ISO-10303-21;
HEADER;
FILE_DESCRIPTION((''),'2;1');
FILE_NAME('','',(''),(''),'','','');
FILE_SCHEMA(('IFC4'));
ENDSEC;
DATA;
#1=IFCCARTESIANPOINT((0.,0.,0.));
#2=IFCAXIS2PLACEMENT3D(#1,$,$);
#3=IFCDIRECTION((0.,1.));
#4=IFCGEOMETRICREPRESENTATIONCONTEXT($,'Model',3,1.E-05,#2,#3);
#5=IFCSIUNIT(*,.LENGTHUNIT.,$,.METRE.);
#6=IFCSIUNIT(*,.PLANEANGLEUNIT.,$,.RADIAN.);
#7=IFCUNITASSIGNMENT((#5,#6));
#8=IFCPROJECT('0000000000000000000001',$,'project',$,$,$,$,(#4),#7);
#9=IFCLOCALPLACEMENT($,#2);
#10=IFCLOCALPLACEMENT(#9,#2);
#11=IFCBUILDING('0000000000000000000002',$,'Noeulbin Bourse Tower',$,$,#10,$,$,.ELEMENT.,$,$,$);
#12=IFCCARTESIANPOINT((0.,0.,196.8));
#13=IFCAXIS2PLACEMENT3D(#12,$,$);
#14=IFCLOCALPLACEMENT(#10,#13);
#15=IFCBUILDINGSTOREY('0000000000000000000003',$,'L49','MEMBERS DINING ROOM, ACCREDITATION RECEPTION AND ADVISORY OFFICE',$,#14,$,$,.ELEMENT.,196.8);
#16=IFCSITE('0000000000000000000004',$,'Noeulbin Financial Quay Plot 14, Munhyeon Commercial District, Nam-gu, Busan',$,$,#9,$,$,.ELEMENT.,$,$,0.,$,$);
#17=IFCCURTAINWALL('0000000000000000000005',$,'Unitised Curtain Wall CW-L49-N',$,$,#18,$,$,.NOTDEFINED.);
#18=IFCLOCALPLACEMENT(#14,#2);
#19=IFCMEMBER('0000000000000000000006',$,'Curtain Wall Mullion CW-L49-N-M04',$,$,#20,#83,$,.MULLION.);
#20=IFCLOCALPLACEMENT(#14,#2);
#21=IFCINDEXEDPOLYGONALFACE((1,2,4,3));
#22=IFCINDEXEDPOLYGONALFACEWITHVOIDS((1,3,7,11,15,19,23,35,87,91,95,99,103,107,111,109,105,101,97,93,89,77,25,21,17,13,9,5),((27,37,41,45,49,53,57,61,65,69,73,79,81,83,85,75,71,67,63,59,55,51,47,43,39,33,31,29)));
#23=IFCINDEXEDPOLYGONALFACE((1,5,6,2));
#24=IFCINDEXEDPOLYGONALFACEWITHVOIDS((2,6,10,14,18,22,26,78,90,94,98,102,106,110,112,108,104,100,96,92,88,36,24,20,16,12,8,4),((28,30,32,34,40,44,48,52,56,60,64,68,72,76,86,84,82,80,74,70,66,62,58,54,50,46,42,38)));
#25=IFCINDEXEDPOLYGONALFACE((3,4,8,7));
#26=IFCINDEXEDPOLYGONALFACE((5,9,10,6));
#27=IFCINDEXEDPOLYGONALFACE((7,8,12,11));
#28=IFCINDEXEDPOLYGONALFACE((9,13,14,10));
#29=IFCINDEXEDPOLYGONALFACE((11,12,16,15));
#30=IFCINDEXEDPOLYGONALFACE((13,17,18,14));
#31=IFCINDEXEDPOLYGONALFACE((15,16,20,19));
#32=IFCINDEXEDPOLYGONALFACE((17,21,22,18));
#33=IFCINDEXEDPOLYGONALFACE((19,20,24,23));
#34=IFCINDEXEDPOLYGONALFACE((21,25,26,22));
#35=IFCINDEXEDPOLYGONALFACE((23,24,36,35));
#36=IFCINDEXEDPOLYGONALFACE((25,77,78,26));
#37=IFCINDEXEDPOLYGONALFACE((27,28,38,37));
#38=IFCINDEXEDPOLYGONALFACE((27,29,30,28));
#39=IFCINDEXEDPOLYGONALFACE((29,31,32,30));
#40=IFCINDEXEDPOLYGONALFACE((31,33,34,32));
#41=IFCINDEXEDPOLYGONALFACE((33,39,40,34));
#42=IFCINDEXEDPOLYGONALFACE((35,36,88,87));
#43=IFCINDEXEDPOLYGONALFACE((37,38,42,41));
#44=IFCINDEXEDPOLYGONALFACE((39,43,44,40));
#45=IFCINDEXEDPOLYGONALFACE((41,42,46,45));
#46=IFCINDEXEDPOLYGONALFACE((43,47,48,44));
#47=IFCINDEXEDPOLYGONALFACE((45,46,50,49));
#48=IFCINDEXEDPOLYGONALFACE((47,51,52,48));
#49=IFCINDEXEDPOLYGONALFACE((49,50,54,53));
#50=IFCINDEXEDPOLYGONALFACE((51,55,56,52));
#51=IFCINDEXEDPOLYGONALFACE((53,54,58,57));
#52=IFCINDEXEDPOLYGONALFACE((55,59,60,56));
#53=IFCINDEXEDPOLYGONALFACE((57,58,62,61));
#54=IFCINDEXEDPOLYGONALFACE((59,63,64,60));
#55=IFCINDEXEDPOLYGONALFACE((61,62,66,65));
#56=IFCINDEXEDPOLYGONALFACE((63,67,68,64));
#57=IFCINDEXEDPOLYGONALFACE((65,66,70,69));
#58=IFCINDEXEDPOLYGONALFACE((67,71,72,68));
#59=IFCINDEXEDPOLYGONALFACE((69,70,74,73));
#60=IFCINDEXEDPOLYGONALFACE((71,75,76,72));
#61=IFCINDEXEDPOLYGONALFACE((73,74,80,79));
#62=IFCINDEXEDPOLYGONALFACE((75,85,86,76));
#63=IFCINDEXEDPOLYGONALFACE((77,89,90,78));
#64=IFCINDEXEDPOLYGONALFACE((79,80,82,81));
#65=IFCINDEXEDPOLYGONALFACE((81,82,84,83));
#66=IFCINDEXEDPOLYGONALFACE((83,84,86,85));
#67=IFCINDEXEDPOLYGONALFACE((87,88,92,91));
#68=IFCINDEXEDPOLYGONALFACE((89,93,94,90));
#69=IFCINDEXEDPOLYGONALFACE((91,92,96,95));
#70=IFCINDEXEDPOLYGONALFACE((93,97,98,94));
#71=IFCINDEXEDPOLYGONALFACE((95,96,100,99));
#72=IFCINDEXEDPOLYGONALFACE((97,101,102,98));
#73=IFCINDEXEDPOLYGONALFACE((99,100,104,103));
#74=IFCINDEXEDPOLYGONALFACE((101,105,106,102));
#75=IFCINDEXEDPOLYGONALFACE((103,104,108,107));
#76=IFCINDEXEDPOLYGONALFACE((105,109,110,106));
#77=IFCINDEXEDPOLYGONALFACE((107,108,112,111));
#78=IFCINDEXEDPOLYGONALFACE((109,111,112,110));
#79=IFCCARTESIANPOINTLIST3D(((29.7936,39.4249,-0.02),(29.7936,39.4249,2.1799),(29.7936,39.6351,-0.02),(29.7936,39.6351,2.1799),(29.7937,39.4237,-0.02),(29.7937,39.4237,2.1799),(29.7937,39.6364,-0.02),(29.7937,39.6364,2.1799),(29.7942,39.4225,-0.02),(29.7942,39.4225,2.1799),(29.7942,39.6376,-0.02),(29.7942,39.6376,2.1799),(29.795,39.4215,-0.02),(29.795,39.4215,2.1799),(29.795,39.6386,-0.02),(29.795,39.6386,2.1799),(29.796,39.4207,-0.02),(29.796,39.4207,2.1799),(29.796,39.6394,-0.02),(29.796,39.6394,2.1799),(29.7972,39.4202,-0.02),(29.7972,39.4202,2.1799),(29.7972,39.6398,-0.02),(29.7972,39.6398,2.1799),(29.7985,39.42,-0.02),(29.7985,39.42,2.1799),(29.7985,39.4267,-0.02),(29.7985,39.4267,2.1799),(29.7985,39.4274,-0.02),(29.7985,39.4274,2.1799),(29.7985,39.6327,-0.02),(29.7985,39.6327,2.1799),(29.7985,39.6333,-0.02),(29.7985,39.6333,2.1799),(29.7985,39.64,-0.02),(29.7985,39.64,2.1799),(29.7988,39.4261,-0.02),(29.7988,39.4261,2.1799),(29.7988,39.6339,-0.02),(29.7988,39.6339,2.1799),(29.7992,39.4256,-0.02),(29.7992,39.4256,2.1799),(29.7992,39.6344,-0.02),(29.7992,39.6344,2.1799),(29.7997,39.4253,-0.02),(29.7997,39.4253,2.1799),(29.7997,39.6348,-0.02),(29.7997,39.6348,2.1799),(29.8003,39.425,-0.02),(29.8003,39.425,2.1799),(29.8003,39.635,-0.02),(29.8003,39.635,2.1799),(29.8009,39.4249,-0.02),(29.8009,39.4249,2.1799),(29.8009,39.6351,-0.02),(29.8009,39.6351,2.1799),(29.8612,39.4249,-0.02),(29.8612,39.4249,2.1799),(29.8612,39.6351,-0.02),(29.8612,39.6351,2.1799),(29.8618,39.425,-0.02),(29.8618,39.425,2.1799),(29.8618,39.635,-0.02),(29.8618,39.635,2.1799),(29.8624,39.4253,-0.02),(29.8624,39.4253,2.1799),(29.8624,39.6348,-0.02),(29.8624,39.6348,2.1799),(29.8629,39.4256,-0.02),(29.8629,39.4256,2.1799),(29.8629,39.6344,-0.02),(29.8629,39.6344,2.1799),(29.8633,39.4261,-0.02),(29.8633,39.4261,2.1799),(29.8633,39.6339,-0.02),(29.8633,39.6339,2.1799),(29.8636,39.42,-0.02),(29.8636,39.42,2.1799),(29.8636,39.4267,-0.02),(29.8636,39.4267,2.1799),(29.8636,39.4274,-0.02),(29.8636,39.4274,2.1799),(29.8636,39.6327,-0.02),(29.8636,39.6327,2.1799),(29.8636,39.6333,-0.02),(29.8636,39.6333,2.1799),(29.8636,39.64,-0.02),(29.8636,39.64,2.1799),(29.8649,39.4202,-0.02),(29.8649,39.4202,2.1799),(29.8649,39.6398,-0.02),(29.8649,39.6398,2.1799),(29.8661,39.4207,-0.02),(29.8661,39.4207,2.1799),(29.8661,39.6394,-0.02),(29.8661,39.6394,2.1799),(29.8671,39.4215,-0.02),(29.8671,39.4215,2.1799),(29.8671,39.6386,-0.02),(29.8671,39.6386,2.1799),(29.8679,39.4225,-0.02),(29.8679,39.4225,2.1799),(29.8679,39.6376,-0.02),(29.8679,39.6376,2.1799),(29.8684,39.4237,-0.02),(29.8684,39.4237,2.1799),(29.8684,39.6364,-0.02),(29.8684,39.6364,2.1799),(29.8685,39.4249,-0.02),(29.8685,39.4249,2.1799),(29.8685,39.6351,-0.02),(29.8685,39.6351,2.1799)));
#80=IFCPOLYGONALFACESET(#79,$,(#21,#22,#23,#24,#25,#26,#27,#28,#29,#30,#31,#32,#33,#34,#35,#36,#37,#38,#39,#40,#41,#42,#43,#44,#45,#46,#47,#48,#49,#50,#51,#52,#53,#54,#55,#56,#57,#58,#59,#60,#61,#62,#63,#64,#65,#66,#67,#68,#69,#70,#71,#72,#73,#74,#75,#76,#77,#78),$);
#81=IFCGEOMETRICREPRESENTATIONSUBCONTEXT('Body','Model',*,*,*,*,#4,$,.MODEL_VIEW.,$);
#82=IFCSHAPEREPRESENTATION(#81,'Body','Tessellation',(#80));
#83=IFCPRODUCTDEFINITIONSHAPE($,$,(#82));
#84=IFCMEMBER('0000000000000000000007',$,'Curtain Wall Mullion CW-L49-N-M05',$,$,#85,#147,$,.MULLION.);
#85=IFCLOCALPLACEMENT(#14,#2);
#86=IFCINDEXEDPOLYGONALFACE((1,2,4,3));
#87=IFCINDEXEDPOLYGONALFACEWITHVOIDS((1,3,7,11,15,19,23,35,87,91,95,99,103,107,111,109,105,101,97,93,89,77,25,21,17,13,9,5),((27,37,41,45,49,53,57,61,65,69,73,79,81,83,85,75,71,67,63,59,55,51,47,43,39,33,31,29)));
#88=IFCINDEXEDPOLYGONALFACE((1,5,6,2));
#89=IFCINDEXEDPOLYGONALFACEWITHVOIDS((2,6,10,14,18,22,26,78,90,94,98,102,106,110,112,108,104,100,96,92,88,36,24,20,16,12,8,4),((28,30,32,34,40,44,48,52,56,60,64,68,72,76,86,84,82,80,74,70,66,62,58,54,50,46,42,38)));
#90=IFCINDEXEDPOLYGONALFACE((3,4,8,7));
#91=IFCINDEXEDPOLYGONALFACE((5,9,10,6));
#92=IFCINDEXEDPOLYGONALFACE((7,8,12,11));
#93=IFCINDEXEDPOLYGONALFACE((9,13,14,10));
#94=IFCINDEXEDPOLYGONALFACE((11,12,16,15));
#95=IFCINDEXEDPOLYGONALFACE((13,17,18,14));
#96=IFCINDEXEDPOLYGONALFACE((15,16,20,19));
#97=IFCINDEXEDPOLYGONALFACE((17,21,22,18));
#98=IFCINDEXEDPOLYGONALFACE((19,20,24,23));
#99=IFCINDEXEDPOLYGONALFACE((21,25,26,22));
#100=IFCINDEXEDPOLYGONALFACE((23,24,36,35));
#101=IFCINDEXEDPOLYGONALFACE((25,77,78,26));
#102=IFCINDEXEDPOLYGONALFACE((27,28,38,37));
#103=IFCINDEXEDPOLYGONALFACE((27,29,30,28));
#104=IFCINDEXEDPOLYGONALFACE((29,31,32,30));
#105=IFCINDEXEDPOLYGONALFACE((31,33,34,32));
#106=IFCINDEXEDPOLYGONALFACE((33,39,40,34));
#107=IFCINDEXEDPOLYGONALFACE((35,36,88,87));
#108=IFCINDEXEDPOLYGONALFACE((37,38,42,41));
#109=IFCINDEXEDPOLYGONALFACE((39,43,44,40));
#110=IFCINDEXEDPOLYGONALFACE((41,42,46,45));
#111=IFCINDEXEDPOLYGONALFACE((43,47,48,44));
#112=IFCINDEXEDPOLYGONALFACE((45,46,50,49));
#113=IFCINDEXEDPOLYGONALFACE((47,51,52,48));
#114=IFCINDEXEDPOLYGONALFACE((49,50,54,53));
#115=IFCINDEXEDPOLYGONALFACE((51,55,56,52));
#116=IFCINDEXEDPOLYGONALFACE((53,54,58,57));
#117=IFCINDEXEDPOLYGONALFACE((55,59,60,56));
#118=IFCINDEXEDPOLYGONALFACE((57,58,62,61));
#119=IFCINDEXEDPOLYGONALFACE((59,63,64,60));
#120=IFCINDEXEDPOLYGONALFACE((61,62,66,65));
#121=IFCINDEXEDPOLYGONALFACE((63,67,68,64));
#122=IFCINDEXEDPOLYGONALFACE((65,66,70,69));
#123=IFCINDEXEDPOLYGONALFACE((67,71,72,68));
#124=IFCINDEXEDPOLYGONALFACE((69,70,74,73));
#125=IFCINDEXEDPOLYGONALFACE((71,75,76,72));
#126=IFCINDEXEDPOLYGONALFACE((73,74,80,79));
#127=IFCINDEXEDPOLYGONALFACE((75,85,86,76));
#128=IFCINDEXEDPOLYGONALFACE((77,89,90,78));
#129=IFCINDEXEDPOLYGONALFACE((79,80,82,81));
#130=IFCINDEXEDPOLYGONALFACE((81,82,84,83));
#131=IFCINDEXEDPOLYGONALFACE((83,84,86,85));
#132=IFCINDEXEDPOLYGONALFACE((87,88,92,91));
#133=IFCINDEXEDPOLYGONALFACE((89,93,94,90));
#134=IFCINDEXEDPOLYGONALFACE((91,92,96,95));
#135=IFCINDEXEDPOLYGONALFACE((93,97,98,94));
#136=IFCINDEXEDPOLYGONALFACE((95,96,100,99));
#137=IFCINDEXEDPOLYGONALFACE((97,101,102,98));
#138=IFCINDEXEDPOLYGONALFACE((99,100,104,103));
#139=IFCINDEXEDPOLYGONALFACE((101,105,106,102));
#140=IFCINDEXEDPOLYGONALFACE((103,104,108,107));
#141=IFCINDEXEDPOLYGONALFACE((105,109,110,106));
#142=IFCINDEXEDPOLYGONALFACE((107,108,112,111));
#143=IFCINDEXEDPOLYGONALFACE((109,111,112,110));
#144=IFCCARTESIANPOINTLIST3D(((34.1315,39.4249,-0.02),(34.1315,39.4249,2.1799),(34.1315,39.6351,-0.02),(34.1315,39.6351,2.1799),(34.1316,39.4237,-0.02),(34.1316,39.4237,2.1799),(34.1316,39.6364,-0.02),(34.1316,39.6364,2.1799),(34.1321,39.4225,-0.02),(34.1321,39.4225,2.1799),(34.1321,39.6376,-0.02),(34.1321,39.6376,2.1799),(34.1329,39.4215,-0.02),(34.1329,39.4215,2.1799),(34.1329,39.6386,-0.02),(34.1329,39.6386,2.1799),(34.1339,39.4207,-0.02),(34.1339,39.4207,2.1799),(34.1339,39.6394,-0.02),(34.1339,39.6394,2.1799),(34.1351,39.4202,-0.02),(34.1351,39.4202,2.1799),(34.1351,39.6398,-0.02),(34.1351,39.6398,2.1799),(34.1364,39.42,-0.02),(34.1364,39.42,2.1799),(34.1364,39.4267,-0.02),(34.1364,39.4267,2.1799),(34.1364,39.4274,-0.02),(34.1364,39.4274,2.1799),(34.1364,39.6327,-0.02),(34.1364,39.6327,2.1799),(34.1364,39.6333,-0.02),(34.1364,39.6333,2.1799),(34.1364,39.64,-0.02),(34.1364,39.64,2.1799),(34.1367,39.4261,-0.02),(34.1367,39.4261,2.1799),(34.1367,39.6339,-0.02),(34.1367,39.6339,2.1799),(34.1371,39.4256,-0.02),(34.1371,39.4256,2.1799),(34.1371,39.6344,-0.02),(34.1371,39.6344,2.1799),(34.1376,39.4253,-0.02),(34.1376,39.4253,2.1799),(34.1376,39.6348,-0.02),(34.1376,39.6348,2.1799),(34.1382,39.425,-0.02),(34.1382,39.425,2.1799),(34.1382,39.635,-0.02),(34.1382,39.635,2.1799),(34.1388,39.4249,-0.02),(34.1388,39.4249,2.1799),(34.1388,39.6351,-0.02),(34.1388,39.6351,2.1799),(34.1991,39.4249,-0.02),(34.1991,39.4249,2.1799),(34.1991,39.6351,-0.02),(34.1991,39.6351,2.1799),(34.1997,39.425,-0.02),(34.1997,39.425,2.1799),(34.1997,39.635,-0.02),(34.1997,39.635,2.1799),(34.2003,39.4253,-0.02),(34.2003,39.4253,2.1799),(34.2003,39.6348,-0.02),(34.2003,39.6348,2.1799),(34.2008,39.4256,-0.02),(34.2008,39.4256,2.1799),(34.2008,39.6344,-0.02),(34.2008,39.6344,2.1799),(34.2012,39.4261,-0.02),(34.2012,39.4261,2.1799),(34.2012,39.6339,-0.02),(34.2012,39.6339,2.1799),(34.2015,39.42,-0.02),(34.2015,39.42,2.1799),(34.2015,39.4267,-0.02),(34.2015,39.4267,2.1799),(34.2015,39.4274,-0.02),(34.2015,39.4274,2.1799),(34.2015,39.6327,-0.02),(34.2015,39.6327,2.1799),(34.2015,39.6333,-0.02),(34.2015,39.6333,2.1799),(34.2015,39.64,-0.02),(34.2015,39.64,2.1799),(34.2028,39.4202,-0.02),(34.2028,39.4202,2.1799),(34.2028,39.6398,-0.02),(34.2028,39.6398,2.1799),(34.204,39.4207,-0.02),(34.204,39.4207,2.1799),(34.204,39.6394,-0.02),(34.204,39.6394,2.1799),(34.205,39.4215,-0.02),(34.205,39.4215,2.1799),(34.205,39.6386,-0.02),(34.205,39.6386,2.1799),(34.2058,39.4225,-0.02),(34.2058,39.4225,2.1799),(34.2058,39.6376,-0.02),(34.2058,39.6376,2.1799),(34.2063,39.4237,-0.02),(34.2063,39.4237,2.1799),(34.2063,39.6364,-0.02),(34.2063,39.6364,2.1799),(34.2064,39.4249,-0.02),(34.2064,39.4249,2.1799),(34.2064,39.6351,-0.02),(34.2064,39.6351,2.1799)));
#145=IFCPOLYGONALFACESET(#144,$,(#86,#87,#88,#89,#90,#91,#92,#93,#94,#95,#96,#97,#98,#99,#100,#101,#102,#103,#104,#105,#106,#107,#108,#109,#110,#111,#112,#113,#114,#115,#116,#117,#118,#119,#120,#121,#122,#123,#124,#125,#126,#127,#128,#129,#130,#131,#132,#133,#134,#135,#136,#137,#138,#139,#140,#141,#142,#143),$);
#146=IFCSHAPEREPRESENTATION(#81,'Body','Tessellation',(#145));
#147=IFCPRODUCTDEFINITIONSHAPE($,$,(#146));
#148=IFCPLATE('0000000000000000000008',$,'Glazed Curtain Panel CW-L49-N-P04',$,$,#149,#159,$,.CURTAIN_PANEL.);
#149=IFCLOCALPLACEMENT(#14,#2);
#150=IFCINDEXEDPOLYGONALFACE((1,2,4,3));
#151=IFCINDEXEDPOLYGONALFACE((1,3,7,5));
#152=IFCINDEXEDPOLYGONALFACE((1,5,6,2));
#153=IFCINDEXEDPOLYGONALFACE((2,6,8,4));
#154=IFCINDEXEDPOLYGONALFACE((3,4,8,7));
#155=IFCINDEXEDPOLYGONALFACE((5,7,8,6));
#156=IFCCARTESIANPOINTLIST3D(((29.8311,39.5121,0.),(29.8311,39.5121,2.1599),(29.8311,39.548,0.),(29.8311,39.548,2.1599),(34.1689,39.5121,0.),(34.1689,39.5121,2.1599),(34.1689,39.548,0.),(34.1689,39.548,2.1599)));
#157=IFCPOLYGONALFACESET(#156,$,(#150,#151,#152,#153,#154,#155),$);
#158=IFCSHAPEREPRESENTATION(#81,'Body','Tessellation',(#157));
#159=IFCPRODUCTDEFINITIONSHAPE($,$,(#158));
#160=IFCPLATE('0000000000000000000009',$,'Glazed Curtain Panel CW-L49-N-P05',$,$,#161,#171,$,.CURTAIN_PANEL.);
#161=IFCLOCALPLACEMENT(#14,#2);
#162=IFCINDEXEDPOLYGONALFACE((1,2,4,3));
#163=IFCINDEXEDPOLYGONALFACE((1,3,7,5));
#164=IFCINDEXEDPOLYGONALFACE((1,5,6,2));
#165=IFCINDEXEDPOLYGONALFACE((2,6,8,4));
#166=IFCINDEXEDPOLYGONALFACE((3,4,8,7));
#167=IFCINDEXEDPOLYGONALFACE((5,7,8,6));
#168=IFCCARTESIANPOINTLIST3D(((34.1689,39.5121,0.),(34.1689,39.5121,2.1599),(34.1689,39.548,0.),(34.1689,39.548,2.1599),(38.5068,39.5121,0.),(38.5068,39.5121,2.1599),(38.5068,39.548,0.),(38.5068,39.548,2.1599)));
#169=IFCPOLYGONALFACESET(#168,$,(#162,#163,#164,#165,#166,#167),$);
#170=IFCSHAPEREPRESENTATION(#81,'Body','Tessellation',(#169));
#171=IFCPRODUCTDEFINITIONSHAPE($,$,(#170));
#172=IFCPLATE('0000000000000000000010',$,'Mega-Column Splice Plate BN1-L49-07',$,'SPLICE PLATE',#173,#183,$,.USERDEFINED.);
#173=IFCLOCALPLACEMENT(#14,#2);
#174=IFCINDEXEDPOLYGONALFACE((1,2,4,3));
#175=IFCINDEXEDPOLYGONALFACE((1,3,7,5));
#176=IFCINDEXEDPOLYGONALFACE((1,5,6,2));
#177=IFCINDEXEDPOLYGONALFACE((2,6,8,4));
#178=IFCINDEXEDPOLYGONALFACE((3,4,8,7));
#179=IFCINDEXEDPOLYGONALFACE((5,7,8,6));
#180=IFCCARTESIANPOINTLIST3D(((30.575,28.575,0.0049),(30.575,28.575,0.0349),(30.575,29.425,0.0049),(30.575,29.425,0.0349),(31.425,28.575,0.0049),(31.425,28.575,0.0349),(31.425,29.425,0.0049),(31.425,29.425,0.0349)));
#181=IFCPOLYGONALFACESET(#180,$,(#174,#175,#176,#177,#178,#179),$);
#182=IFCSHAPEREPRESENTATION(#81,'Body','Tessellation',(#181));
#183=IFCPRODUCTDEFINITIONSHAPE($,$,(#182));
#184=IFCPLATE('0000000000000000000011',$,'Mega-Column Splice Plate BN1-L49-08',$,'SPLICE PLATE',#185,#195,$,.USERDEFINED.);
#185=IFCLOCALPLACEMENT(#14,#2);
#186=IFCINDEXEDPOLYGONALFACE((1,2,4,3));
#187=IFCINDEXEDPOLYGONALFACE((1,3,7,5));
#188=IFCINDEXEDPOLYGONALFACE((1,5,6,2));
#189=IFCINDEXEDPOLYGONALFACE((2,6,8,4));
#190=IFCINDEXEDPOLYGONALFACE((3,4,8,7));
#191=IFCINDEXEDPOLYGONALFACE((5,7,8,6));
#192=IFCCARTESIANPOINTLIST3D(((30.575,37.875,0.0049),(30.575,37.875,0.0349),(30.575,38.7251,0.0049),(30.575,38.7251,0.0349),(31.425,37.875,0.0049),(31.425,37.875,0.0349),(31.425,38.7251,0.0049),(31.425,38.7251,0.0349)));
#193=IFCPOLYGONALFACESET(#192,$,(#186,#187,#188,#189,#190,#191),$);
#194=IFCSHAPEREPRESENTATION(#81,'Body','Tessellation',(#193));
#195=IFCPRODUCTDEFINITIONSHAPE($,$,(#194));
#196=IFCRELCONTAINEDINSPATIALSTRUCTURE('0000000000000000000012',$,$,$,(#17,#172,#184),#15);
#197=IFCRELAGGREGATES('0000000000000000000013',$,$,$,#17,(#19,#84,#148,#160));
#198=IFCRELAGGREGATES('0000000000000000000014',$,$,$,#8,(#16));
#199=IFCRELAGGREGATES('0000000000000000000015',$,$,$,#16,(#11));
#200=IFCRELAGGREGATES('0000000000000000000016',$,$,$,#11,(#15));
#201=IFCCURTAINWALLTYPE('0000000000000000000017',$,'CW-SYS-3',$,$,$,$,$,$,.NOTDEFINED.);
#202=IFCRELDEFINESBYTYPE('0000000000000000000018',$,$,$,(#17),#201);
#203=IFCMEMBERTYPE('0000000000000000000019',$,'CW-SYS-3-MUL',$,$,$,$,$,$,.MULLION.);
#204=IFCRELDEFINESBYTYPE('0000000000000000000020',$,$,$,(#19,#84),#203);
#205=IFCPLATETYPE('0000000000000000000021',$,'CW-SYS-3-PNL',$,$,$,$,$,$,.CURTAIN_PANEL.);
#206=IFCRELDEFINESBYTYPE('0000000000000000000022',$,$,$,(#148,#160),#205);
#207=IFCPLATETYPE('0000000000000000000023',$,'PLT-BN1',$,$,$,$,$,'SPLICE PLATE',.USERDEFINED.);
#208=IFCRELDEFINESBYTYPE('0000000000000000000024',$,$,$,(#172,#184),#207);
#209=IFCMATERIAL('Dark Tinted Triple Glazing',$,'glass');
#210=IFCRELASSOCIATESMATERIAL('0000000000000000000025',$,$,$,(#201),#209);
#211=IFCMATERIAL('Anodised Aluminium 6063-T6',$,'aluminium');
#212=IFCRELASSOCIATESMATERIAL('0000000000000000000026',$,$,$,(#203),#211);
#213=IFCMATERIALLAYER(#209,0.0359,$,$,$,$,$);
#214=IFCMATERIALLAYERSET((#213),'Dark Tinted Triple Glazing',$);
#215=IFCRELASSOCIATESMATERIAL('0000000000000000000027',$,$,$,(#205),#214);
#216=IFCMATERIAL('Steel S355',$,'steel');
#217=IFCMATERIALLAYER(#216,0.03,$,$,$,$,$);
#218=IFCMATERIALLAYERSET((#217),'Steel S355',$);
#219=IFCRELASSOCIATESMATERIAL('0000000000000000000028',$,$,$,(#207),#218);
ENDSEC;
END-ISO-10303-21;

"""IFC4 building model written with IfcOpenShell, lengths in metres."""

from ifc_helpers import new_model, si_unit, direction, frame, origin, origin_2d, place, context, subcontext, project, spatial, rectangle, hollow_rectangle, extrude, material, layer, layer_set, material_profile, profile_set, type_object, element, aggregate, save


model = new_model("IFC4")

# Units and contexts
model_context = context("Model", 3, precision=1e-05, world=origin(), true_north=direction((0.0, 1.0)))
body_context = subcontext(model_context, "Body", "Model", "MODEL_VIEW")
ifc_project = project(units=[si_unit("LENGTHUNIT", "METRE"), si_unit("PLANEANGLEUNIT", "RADIAN")], contexts=[model_context])

# Site, building, storey
site_placement = place(None, origin())
site = spatial("IfcSite", under=ifc_project, at=site_placement, Name="Noeulbin Financial Quay Plot 14, Munhyeon Commercial District, Nam-gu, Busan", CompositionType="ELEMENT", RefElevation=0.0)
building_placement = place(site_placement, origin())
building = spatial("IfcBuilding", under=site, at=building_placement, Name="Noeulbin Bourse Tower", CompositionType="ELEMENT")
storey_placement = place(building_placement, frame((0.0, 0.0, 196.8)))
storey = spatial("IfcBuildingStorey", under=building, at=storey_placement, Name="L49", Description="MEMBERS DINING ROOM, ACCREDITATION RECEPTION AND ADVISORY OFFICE", CompositionType="ELEMENT", Elevation=196.8)

# Curtain wall, members, plates
ifc_material_1 = material(Name="Dark Tinted Triple Glazing", Category="glass")
curtain_wall_type = type_object("IfcCurtainWallType", Name="CW-SYS-3", PredefinedType="NOTDEFINED", material=ifc_material_1)
curtain_wall_placement = place(storey_placement, origin())
curtain_wall = element("IfcCurtainWall", 1, at=curtain_wall_placement, inside=storey, type_object=curtain_wall_type, Name="Unitised Curtain Wall CW-L49-N", PredefinedType="NOTDEFINED")
ifc_material_2 = material(Name="Anodised Aluminium 6063-T6", Category="aluminium")
ifc_material_profile_1 = material_profile(ifc_material_2, hollow_rectangle(XDim=0.075, YDim=0.22, WallThickness=0.0049, InnerFilletRadius=0.0024, OuterFilletRadius=0.0049, at=origin_2d()), Name="ALU-MULL-75x220x5", Category="LoadBearing")
ifc_profile_set_1 = profile_set([ifc_material_profile_1], Name="Anodised Aluminium 6063-T6")
member_type = type_object("IfcMemberType", Name="CW-SYS-3-MUL", PredefinedType="MULLION", material=ifc_profile_set_1)
member_1_placement = place(storey_placement, frame((29.8311, 39.53, -0.02), z_axis=(0.0, 0.0, 1.0), x_axis=(1.0, 0.0, 0.0)))
member_1 = element("IfcMember", 2, at=member_1_placement, type_object=member_type, Name="Curtain Wall Mullion CW-L49-N-M04", PredefinedType="MULLION", context=body_context, shape_type="SweptSolid", body=[
    extrude(hollow_rectangle(XDim=0.075, YDim=0.22, WallThickness=0.0049, InnerFilletRadius=0.0024, OuterFilletRadius=0.0049, at=origin_2d()), origin(), (0.0, 0.0, 1.0), 2.2),
])
member_2_placement = place(storey_placement, frame((34.1689, 39.53, -0.02), z_axis=(0.0, 0.0, 1.0), x_axis=(1.0, 0.0, 0.0)))
member_2 = element("IfcMember", 3, at=member_2_placement, type_object=member_type, Name="Curtain Wall Mullion CW-L49-N-M05", PredefinedType="MULLION", context=body_context, shape_type="SweptSolid", body=[
    extrude(hollow_rectangle(XDim=0.075, YDim=0.22, WallThickness=0.0049, InnerFilletRadius=0.0024, OuterFilletRadius=0.0049, at=origin_2d()), origin(), (0.0, 0.0, 1.0), 2.2),
])
ifc_layer_1 = layer(ifc_material_1, 0.0359)
ifc_layer_set_1 = layer_set([ifc_layer_1], Name="Dark Tinted Triple Glazing")
plate_type_1 = type_object("IfcPlateType", Name="CW-SYS-3-PNL", PredefinedType="CURTAIN_PANEL", material=ifc_layer_set_1)
plate_1_placement = place(storey_placement, frame((32.0, 39.53, 0.0), z_axis=(0.0, 0.0, 1.0), x_axis=(1.0, 0.0, 0.0)))
plate_1 = element("IfcPlate", 4, at=plate_1_placement, type_object=plate_type_1, Name="Glazed Curtain Panel CW-L49-N-P04", PredefinedType="CURTAIN_PANEL", context=body_context, shape_type="SweptSolid", body=[
    extrude(rectangle(XDim=4.3379, YDim=0.0359, at=origin_2d()), origin(), (0.0, 0.0, 1.0), 2.1599),
])
plate_2_placement = place(storey_placement, frame((36.3379, 39.53, 0.0), z_axis=(0.0, 0.0, 1.0), x_axis=(1.0, 0.0, 0.0)))
plate_2 = element("IfcPlate", 5, at=plate_2_placement, type_object=plate_type_1, Name="Glazed Curtain Panel CW-L49-N-P05", PredefinedType="CURTAIN_PANEL", context=body_context, shape_type="SweptSolid", body=[
    extrude(rectangle(XDim=4.3379, YDim=0.0359, at=origin_2d()), origin(), (0.0, 0.0, 1.0), 2.1599),
])
aggregate(curtain_wall, [member_1, member_2, plate_1, plate_2])

# Plates
ifc_material_3 = material(Name="Steel S355", Category="steel")
ifc_layer_2 = layer(ifc_material_3, 0.03)
ifc_layer_set_2 = layer_set([ifc_layer_2], Name="Steel S355")
plate_type_2 = type_object("IfcPlateType", Name="PLT-BN1", ElementType="SPLICE PLATE", PredefinedType="USERDEFINED", material=ifc_layer_set_2)
for number, where, z_axis, x_axis, name in (
    (6, (31.0, 29.0, 0.0049), (0.0, 0.0, 1.0), (1.0, 0.0, 0.0), "Mega-Column Splice Plate BN1-L49-07"),
    (7, (31.0, 38.3, 0.0049), (0.0, 0.0, 1.0), (1.0, 0.0, 0.0), "Mega-Column Splice Plate BN1-L49-08"),
):
    element("IfcPlate", number, at=place(storey_placement, frame(where, z_axis=z_axis, x_axis=x_axis)), inside=storey, type_object=plate_type_2, Name=name, ObjectType="SPLICE PLATE", PredefinedType="USERDEFINED", context=body_context, shape_type="SweptSolid", body=[
        extrude(rectangle(XDim=0.8501, YDim=0.8501, at=origin_2d()), origin(), (0.0, 0.0, 1.0), 0.03),
    ])

save(model, "model.ifc")
